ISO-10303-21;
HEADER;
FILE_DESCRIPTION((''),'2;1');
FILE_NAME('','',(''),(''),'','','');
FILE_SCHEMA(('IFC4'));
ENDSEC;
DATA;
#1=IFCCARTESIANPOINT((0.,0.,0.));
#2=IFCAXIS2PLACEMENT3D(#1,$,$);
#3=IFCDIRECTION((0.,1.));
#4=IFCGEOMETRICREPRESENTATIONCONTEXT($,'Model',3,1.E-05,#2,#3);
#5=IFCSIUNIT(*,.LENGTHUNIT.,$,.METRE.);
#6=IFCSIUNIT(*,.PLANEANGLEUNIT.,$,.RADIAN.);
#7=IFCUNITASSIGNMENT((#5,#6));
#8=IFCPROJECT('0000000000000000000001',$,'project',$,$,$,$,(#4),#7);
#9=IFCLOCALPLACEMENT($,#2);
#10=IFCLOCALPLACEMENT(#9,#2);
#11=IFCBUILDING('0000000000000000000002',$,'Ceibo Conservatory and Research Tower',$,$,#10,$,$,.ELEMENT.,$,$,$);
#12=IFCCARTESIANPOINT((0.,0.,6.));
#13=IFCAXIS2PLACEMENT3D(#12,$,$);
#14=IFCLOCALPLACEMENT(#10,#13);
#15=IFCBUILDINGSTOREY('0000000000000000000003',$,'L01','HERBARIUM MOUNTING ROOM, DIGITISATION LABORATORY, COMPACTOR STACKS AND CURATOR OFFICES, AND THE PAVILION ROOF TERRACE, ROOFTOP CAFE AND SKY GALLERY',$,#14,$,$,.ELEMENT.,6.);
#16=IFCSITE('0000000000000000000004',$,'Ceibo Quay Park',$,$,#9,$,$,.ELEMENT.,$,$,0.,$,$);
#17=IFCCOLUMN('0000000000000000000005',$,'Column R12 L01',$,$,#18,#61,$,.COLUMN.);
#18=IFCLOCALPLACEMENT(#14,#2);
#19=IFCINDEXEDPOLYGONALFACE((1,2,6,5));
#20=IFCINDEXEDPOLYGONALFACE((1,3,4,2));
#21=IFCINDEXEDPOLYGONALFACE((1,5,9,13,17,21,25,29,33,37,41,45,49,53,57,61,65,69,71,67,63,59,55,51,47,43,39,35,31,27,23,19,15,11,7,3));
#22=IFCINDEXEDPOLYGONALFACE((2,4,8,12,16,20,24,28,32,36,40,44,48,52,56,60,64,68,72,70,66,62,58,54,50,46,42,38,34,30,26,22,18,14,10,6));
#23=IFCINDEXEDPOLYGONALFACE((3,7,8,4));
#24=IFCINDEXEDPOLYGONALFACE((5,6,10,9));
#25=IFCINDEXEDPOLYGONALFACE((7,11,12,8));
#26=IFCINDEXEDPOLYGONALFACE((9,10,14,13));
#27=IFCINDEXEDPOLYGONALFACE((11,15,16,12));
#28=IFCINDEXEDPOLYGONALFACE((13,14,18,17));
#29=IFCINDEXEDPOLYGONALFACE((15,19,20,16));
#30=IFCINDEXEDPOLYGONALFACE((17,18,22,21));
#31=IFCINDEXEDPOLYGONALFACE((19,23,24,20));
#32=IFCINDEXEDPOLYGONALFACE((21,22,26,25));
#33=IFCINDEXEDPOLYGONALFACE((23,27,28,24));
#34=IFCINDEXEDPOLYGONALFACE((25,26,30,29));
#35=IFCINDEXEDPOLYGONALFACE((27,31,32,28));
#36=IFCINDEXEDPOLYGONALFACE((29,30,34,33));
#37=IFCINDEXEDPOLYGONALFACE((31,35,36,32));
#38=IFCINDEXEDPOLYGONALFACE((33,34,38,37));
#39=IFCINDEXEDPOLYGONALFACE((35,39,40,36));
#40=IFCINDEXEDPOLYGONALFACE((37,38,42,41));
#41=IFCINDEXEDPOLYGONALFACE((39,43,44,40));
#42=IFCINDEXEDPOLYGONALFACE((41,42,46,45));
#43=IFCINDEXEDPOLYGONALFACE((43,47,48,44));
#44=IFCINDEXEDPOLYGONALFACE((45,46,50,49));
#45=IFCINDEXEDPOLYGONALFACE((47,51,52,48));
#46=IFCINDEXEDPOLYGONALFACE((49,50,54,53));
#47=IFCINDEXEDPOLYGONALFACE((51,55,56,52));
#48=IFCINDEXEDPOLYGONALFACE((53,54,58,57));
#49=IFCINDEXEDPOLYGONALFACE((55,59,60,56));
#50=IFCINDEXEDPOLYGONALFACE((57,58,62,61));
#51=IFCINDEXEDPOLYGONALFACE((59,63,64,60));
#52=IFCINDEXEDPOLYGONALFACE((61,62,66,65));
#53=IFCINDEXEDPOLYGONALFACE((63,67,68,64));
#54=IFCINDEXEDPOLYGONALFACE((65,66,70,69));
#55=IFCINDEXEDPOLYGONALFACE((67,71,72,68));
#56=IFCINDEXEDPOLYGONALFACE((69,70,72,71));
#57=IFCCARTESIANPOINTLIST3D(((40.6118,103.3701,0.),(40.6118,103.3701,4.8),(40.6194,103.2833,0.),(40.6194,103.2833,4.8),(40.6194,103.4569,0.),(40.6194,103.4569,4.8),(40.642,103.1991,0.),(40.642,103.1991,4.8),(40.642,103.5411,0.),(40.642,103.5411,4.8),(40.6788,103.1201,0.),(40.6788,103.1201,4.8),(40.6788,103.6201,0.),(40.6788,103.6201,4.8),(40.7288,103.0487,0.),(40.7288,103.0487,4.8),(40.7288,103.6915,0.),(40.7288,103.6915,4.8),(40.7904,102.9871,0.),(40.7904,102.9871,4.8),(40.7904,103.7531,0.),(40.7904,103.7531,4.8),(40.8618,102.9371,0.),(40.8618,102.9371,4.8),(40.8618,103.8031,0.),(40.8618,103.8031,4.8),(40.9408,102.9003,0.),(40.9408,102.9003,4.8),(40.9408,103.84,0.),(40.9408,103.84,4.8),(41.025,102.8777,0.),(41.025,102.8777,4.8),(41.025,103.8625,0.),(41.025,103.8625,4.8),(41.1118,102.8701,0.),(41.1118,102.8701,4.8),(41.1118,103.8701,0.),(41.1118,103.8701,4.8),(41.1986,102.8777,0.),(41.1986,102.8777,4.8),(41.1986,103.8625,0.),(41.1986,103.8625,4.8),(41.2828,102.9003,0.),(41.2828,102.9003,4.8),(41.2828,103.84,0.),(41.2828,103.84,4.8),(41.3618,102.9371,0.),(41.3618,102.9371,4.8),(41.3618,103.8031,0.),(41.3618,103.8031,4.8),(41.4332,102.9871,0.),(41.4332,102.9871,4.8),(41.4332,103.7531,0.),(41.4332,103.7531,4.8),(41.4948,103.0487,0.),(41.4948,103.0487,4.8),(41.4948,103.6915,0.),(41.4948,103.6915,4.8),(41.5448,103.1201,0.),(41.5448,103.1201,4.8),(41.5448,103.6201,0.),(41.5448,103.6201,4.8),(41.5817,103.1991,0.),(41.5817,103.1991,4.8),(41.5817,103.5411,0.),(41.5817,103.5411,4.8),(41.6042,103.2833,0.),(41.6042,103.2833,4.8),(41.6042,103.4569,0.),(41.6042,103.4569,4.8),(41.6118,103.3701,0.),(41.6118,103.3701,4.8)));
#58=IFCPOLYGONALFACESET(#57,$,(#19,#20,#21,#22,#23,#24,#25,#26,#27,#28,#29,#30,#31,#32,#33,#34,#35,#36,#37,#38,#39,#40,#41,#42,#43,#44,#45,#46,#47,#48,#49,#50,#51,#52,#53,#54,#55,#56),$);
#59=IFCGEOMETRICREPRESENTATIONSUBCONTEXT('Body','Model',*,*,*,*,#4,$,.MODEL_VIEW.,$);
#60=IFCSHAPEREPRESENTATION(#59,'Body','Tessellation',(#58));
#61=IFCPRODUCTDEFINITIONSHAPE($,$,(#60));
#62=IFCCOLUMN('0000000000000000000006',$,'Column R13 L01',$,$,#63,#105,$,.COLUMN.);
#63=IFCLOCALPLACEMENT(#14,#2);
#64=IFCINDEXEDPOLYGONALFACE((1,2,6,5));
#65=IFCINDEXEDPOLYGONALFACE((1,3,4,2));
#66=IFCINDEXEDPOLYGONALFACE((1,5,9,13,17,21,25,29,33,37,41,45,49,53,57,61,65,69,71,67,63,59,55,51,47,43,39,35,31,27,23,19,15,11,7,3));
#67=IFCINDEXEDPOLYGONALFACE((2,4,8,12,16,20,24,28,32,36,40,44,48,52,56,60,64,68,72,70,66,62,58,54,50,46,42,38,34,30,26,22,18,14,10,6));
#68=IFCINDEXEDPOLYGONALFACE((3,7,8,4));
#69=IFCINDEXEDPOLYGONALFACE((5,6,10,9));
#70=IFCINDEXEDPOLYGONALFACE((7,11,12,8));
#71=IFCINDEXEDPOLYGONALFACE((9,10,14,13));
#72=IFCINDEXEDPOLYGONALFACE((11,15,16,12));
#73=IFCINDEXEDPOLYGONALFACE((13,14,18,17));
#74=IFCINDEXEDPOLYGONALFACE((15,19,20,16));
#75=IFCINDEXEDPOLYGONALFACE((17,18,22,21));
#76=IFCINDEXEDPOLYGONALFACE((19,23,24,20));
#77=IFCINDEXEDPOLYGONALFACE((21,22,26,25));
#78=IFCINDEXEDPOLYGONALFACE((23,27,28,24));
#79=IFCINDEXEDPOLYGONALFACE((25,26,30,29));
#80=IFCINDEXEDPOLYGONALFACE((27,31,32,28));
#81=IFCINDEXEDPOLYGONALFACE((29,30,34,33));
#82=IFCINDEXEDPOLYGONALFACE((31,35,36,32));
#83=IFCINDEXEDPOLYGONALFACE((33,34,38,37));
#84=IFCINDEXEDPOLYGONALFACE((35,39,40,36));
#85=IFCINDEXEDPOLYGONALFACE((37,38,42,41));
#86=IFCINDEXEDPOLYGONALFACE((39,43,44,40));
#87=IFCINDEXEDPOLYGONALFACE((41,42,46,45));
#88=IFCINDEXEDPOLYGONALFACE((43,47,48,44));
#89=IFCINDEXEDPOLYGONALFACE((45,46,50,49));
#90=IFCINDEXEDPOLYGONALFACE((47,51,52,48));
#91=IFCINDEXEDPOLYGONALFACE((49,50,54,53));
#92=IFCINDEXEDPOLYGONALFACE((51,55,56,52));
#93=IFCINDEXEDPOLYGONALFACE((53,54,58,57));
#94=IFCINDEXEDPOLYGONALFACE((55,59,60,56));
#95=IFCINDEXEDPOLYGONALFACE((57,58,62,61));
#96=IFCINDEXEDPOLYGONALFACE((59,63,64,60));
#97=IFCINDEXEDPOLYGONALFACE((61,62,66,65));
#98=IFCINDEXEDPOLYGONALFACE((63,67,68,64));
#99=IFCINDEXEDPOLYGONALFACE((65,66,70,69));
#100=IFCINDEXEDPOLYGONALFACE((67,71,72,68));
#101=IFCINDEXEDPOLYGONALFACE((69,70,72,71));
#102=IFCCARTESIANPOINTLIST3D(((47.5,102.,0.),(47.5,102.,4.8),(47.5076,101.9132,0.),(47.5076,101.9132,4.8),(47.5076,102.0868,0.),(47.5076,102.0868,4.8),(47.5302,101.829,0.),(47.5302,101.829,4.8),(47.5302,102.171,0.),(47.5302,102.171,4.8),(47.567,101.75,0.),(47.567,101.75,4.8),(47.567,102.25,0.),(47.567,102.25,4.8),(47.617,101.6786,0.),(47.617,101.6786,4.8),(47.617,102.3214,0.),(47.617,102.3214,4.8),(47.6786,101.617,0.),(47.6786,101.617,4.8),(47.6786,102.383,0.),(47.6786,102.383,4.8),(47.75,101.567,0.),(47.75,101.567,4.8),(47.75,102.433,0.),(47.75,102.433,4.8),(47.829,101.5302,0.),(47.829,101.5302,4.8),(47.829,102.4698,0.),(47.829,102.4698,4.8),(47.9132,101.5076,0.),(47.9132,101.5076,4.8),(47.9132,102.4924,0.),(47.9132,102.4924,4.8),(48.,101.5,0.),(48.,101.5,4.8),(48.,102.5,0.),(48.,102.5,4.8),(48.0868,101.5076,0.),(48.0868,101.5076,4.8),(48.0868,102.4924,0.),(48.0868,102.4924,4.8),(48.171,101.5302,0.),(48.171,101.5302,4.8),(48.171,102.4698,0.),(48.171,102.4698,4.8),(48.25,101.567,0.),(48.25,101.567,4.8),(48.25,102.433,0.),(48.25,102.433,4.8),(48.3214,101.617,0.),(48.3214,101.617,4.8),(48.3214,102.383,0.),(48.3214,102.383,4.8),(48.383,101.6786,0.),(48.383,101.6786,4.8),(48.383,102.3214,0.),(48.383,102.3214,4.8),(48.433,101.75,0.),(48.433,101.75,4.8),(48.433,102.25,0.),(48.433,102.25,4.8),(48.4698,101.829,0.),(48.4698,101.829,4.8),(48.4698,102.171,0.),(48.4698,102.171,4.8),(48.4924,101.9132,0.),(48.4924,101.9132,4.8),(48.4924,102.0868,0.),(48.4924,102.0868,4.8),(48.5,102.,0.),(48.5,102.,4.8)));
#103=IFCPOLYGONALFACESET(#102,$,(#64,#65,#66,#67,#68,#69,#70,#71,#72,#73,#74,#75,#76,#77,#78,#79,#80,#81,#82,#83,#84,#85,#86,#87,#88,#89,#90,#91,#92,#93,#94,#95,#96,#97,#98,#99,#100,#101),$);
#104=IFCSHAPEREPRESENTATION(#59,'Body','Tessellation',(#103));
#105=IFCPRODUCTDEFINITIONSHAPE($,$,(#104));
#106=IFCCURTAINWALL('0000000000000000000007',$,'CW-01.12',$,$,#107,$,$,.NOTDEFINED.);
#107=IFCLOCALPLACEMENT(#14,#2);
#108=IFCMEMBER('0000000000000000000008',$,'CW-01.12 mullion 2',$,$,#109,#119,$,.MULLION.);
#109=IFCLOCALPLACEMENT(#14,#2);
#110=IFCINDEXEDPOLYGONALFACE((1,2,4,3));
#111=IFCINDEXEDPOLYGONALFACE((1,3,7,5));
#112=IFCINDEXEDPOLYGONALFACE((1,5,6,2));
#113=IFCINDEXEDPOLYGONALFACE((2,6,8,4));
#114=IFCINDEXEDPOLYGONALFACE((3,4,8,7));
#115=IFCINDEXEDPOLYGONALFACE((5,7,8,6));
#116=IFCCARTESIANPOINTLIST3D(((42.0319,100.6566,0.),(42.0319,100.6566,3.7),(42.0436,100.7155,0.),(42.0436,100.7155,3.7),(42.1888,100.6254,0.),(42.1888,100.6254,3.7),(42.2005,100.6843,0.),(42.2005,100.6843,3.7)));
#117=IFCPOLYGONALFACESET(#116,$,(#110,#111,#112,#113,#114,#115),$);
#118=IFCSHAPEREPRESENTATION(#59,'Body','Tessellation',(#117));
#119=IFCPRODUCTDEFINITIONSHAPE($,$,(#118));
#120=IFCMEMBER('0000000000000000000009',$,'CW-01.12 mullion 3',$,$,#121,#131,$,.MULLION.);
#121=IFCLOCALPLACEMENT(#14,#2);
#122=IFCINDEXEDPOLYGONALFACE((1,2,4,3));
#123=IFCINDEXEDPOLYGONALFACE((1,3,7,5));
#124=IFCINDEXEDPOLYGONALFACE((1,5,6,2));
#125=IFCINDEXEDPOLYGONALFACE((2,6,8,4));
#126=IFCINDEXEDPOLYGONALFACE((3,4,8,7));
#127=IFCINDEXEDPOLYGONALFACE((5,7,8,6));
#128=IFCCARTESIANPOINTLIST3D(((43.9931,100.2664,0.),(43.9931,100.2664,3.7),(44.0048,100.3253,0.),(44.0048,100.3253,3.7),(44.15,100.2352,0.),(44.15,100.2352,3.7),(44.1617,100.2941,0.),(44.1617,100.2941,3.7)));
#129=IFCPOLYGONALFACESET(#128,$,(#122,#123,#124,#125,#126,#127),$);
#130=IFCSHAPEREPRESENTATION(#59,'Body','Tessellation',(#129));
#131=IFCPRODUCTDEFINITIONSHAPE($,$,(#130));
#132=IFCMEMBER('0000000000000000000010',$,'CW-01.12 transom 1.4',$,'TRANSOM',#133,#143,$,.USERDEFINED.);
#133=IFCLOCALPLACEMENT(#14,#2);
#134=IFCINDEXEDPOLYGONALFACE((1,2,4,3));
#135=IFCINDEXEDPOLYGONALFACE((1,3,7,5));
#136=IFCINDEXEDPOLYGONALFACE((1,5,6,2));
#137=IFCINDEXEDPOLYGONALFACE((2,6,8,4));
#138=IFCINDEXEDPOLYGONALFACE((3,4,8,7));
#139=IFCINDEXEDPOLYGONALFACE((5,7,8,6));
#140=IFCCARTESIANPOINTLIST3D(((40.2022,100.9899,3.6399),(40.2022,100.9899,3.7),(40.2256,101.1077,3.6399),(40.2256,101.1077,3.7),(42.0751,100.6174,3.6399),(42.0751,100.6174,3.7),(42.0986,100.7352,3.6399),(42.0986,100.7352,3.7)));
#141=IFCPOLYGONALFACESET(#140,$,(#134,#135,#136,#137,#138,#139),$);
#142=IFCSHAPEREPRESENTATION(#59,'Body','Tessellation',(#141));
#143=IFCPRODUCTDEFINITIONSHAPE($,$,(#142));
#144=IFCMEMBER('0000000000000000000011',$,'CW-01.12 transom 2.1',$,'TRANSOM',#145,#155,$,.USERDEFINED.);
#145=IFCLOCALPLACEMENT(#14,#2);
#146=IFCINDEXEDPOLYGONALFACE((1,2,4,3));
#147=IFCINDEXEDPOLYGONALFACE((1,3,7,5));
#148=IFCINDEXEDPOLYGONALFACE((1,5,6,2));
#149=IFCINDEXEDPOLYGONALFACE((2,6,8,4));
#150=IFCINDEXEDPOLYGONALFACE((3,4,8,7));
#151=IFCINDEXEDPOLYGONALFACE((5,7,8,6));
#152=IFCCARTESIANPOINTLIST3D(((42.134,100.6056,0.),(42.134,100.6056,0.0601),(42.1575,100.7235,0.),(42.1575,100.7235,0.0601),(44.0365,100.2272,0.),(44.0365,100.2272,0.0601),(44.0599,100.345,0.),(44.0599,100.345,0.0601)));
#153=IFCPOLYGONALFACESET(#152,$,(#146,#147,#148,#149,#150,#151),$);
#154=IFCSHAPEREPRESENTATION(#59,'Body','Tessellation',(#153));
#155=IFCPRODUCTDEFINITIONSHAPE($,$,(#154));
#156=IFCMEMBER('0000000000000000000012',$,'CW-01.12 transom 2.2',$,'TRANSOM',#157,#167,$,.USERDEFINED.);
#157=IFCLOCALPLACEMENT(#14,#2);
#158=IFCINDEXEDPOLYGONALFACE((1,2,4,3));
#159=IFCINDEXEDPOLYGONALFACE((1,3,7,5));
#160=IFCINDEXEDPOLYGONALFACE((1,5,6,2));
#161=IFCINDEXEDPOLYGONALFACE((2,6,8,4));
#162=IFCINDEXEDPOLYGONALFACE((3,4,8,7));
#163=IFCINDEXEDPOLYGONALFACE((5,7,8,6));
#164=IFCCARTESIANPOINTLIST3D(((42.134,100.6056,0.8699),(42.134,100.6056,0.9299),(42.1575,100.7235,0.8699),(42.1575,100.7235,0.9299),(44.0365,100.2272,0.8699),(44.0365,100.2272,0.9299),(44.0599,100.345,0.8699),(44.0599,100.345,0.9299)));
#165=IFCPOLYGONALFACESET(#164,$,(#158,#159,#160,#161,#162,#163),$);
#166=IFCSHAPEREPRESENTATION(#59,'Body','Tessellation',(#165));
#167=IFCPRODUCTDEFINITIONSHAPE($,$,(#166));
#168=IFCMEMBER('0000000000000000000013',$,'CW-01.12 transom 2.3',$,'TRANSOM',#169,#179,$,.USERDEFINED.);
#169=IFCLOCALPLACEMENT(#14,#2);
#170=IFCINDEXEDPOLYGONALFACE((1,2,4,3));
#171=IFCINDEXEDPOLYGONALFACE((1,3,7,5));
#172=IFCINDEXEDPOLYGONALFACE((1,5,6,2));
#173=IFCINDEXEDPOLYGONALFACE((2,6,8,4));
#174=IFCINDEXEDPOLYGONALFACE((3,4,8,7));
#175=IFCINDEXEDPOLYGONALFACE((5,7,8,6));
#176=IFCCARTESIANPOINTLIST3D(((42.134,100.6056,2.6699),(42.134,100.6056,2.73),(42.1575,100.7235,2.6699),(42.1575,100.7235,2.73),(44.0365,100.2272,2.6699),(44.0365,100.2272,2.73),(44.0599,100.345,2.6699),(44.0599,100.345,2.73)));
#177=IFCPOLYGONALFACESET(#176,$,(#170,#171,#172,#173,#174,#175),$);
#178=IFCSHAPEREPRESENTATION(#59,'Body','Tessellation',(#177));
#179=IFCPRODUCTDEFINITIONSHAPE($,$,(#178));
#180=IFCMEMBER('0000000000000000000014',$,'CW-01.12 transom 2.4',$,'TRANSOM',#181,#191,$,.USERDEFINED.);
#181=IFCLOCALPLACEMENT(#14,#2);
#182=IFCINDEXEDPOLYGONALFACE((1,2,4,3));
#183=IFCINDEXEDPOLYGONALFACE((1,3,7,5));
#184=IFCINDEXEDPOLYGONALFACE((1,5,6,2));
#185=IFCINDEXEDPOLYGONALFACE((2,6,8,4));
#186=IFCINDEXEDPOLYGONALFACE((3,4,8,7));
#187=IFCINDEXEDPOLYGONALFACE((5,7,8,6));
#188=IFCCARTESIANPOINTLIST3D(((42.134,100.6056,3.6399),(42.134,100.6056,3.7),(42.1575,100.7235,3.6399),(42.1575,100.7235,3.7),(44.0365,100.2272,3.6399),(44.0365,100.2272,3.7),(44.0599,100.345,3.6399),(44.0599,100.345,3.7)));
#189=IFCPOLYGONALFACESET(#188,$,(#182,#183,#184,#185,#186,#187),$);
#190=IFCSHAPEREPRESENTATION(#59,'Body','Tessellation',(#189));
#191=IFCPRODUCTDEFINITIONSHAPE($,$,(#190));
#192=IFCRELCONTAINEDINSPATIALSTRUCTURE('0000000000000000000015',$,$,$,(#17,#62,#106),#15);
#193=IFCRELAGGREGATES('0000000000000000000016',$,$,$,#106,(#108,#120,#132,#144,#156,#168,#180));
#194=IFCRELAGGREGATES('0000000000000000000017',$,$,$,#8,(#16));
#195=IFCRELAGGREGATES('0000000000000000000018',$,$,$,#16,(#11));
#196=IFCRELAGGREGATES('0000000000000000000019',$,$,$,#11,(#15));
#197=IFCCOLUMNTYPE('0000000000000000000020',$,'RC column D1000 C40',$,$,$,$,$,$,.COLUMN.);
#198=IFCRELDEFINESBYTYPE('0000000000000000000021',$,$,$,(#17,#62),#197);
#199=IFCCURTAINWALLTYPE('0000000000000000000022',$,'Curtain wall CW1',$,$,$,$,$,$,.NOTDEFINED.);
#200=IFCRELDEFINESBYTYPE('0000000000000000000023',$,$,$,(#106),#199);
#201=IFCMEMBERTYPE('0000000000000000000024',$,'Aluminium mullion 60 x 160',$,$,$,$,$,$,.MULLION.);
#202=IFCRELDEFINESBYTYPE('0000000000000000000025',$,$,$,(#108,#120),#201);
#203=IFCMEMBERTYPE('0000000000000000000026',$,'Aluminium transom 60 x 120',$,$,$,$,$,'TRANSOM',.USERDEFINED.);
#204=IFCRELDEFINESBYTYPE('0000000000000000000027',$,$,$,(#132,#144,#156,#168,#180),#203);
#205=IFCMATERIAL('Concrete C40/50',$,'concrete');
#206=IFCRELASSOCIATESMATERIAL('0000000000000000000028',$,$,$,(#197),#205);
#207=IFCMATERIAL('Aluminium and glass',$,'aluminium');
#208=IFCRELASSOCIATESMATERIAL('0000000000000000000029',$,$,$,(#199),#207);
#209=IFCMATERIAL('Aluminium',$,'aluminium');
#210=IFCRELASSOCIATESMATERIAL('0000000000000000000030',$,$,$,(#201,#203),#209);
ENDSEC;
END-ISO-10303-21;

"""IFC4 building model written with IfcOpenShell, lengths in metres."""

from ifc_helpers import new_model, si_unit, direction, frame, origin, origin_2d, place, context, subcontext, project, spatial, rectangle, circle, extrude, material, material_profile, profile_set, type_object, element, aggregate, save


model = new_model("IFC4")

# Units and contexts
model_context = context("Model", 3, precision=1e-05, world=origin(), true_north=direction((0.0, 1.0)))
body_context = subcontext(model_context, "Body", "Model", "MODEL_VIEW")
ifc_project = project(units=[si_unit("LENGTHUNIT", "METRE"), si_unit("PLANEANGLEUNIT", "RADIAN")], contexts=[model_context])

# Site, building, storey
site_placement = place(None, origin())
site = spatial("IfcSite", under=ifc_project, at=site_placement, Name="Ceibo Quay Park", CompositionType="ELEMENT", RefElevation=0.0)
building_placement = place(site_placement, origin())
building = spatial("IfcBuilding", under=site, at=building_placement, Name="Ceibo Conservatory and Research Tower", CompositionType="ELEMENT")
storey_placement = place(building_placement, frame((0.0, 0.0, 6.0)))
storey = spatial("IfcBuildingStorey", under=building, at=storey_placement, Name="L01", Description="HERBARIUM MOUNTING ROOM, DIGITISATION LABORATORY, COMPACTOR STACKS AND CURATOR OFFICES, AND THE PAVILION ROOF TERRACE, ROOFTOP CAFE AND SKY GALLERY", CompositionType="ELEMENT", Elevation=6.0)

# Columns
ifc_material_1 = material(Name="Concrete C40/50", Category="concrete")
ifc_material_profile_1 = material_profile(ifc_material_1, circle(Radius=0.5, at=origin_2d()), Name="RC D1000")
ifc_profile_set_1 = profile_set([ifc_material_profile_1], Name="Concrete C40/50")
column_type = type_object("IfcColumnType", Name="RC column D1000 C40", PredefinedType="COLUMN", material=ifc_profile_set_1)
for number, where, z_axis, x_axis, name in (
    (1, (41.1118, 103.3701, 0.0), (0.0, 0.0, 1.0), (1.0, 0.0, 0.0), "Column R12 L01"),
    (2, (48.0, 102.0, 0.0), (0.0, 0.0, 1.0), (1.0, 0.0, 0.0), "Column R13 L01"),
):
    element("IfcColumn", number, at=place(storey_placement, frame(where, z_axis=z_axis, x_axis=x_axis)), inside=storey, type_object=column_type, Name=name, PredefinedType="COLUMN", context=body_context, shape_type="SweptSolid", body=[
        extrude(circle(Radius=0.5, at=origin_2d()), origin(), (0.0, 0.0, 1.0), 4.8),
    ])

# Curtain wall, members
ifc_material_2 = material(Name="Aluminium and glass", Category="aluminium")
curtain_wall_type = type_object("IfcCurtainWallType", Name="Curtain wall CW1", PredefinedType="NOTDEFINED", material=ifc_material_2)
curtain_wall_placement = place(storey_placement, origin())
curtain_wall = element("IfcCurtainWall", 3, at=curtain_wall_placement, inside=storey, type_object=curtain_wall_type, Name="CW-01.12", PredefinedType="NOTDEFINED")
ifc_material_3 = material(Name="Aluminium", Category="aluminium")
ifc_material_profile_2 = material_profile(ifc_material_3, rectangle(XDim=0.0601, YDim=0.1599, at=origin_2d()), Name="Aluminium 60 x 160")
ifc_profile_set_2 = profile_set([ifc_material_profile_2], Name="Aluminium")
member_type_1 = type_object("IfcMemberType", Name="Aluminium mullion 60 x 160", PredefinedType="MULLION", material=ifc_profile_set_2)
member_1_placement = place(storey_placement, frame((42.1162, 100.6704, 0.0), z_axis=(0.0, 0.0, 1.0), x_axis=(0.19509, 0.980785, 0.0)))
member_1 = element("IfcMember", 4, at=member_1_placement, type_object=member_type_1, Name="CW-01.12 mullion 2", PredefinedType="MULLION", context=body_context, shape_type="SweptSolid", body=[
    extrude(rectangle(XDim=0.0601, YDim=0.1599, at=origin_2d()), origin(), (0.0, 0.0, 1.0), 3.7),
])
member_2_placement = place(storey_placement, frame((44.0774, 100.2803, 0.0), z_axis=(0.0, 0.0, 1.0), x_axis=(0.19509, 0.980785, 0.0)))
member_2 = element("IfcMember", 5, at=member_2_placement, type_object=member_type_1, Name="CW-01.12 mullion 3", PredefinedType="MULLION", context=body_context, shape_type="SweptSolid", body=[
    extrude(rectangle(XDim=0.0601, YDim=0.1599, at=origin_2d()), origin(), (0.0, 0.0, 1.0), 3.7),
])
ifc_material_profile_3 = material_profile(ifc_material_3, rectangle(XDim=0.1201, YDim=0.0601, at=origin_2d()), Name="Aluminium 60 x 120")
ifc_profile_set_3 = profile_set([ifc_material_profile_3], Name="Aluminium")
member_type_2 = type_object("IfcMemberType", Name="Aluminium transom 60 x 120", ElementType="TRANSOM", PredefinedType="USERDEFINED", material=ifc_profile_set_3)
member_3_placement = place(storey_placement, frame((40.2139, 101.0488, 3.6699), z_axis=(0.980787, -0.195083, 0.0), x_axis=(0.195083, 0.980787, 0.0)))
member_3 = element("IfcMember", 6, at=member_3_placement, type_object=member_type_2, Name="CW-01.12 transom 1.4", ObjectType="TRANSOM", PredefinedType="USERDEFINED", context=body_context, shape_type="SweptSolid", body=[
    extrude(rectangle(XDim=0.1201, YDim=0.0601, at=origin_2d()), origin(), (0.0, 0.0, 1.0), 1.9097),
])
member_4_placement = place(storey_placement, frame((42.1458, 100.6646, 0.03), z_axis=(0.980783, -0.195099, 0.0), x_axis=(0.195099, 0.980783, 0.0)))
member_4 = element("IfcMember", 7, at=member_4_placement, type_object=member_type_2, Name="CW-01.12 transom 2.1", ObjectType="TRANSOM", PredefinedType="USERDEFINED", context=body_context, shape_type="SweptSolid", body=[
    extrude(rectangle(XDim=0.1201, YDim=0.0601, at=origin_2d()), origin(), (0.0, 0.0, 1.0), 1.9397),
])
member_5_placement = place(storey_placement, frame((42.1458, 100.6646, 0.8999), z_axis=(0.980783, -0.195099, 0.0), x_axis=(0.195099, 0.980783, 0.0)))
member_5 = element("IfcMember", 8, at=member_5_placement, type_object=member_type_2, Name="CW-01.12 transom 2.2", ObjectType="TRANSOM", PredefinedType="USERDEFINED", context=body_context, shape_type="SweptSolid", body=[
    extrude(rectangle(XDim=0.1201, YDim=0.0601, at=origin_2d()), origin(), (0.0, 0.0, 1.0), 1.9397),
])
member_6_placement = place(storey_placement, frame((42.1458, 100.6646, 2.7), z_axis=(0.980783, -0.195099, 0.0), x_axis=(0.195099, 0.980783, 0.0)))
member_6 = element("IfcMember", 9, at=member_6_placement, type_object=member_type_2, Name="CW-01.12 transom 2.3", ObjectType="TRANSOM", PredefinedType="USERDEFINED", context=body_context, shape_type="SweptSolid", body=[
    extrude(rectangle(XDim=0.1201, YDim=0.0601, at=origin_2d()), origin(), (0.0, 0.0, 1.0), 1.9397),
])
member_7_placement = place(storey_placement, frame((42.1458, 100.6646, 3.6699), z_axis=(0.980783, -0.195099, 0.0), x_axis=(0.195099, 0.980783, 0.0)))
member_7 = element("IfcMember", 10, at=member_7_placement, type_object=member_type_2, Name="CW-01.12 transom 2.4", ObjectType="TRANSOM", PredefinedType="USERDEFINED", context=body_context, shape_type="SweptSolid", body=[
    extrude(rectangle(XDim=0.1201, YDim=0.0601, at=origin_2d()), origin(), (0.0, 0.0, 1.0), 1.9397),
])

aggregate(curtain_wall, [member_1, member_2, member_3, member_4, member_5, member_6, member_7])

save(model, "model.ifc")
